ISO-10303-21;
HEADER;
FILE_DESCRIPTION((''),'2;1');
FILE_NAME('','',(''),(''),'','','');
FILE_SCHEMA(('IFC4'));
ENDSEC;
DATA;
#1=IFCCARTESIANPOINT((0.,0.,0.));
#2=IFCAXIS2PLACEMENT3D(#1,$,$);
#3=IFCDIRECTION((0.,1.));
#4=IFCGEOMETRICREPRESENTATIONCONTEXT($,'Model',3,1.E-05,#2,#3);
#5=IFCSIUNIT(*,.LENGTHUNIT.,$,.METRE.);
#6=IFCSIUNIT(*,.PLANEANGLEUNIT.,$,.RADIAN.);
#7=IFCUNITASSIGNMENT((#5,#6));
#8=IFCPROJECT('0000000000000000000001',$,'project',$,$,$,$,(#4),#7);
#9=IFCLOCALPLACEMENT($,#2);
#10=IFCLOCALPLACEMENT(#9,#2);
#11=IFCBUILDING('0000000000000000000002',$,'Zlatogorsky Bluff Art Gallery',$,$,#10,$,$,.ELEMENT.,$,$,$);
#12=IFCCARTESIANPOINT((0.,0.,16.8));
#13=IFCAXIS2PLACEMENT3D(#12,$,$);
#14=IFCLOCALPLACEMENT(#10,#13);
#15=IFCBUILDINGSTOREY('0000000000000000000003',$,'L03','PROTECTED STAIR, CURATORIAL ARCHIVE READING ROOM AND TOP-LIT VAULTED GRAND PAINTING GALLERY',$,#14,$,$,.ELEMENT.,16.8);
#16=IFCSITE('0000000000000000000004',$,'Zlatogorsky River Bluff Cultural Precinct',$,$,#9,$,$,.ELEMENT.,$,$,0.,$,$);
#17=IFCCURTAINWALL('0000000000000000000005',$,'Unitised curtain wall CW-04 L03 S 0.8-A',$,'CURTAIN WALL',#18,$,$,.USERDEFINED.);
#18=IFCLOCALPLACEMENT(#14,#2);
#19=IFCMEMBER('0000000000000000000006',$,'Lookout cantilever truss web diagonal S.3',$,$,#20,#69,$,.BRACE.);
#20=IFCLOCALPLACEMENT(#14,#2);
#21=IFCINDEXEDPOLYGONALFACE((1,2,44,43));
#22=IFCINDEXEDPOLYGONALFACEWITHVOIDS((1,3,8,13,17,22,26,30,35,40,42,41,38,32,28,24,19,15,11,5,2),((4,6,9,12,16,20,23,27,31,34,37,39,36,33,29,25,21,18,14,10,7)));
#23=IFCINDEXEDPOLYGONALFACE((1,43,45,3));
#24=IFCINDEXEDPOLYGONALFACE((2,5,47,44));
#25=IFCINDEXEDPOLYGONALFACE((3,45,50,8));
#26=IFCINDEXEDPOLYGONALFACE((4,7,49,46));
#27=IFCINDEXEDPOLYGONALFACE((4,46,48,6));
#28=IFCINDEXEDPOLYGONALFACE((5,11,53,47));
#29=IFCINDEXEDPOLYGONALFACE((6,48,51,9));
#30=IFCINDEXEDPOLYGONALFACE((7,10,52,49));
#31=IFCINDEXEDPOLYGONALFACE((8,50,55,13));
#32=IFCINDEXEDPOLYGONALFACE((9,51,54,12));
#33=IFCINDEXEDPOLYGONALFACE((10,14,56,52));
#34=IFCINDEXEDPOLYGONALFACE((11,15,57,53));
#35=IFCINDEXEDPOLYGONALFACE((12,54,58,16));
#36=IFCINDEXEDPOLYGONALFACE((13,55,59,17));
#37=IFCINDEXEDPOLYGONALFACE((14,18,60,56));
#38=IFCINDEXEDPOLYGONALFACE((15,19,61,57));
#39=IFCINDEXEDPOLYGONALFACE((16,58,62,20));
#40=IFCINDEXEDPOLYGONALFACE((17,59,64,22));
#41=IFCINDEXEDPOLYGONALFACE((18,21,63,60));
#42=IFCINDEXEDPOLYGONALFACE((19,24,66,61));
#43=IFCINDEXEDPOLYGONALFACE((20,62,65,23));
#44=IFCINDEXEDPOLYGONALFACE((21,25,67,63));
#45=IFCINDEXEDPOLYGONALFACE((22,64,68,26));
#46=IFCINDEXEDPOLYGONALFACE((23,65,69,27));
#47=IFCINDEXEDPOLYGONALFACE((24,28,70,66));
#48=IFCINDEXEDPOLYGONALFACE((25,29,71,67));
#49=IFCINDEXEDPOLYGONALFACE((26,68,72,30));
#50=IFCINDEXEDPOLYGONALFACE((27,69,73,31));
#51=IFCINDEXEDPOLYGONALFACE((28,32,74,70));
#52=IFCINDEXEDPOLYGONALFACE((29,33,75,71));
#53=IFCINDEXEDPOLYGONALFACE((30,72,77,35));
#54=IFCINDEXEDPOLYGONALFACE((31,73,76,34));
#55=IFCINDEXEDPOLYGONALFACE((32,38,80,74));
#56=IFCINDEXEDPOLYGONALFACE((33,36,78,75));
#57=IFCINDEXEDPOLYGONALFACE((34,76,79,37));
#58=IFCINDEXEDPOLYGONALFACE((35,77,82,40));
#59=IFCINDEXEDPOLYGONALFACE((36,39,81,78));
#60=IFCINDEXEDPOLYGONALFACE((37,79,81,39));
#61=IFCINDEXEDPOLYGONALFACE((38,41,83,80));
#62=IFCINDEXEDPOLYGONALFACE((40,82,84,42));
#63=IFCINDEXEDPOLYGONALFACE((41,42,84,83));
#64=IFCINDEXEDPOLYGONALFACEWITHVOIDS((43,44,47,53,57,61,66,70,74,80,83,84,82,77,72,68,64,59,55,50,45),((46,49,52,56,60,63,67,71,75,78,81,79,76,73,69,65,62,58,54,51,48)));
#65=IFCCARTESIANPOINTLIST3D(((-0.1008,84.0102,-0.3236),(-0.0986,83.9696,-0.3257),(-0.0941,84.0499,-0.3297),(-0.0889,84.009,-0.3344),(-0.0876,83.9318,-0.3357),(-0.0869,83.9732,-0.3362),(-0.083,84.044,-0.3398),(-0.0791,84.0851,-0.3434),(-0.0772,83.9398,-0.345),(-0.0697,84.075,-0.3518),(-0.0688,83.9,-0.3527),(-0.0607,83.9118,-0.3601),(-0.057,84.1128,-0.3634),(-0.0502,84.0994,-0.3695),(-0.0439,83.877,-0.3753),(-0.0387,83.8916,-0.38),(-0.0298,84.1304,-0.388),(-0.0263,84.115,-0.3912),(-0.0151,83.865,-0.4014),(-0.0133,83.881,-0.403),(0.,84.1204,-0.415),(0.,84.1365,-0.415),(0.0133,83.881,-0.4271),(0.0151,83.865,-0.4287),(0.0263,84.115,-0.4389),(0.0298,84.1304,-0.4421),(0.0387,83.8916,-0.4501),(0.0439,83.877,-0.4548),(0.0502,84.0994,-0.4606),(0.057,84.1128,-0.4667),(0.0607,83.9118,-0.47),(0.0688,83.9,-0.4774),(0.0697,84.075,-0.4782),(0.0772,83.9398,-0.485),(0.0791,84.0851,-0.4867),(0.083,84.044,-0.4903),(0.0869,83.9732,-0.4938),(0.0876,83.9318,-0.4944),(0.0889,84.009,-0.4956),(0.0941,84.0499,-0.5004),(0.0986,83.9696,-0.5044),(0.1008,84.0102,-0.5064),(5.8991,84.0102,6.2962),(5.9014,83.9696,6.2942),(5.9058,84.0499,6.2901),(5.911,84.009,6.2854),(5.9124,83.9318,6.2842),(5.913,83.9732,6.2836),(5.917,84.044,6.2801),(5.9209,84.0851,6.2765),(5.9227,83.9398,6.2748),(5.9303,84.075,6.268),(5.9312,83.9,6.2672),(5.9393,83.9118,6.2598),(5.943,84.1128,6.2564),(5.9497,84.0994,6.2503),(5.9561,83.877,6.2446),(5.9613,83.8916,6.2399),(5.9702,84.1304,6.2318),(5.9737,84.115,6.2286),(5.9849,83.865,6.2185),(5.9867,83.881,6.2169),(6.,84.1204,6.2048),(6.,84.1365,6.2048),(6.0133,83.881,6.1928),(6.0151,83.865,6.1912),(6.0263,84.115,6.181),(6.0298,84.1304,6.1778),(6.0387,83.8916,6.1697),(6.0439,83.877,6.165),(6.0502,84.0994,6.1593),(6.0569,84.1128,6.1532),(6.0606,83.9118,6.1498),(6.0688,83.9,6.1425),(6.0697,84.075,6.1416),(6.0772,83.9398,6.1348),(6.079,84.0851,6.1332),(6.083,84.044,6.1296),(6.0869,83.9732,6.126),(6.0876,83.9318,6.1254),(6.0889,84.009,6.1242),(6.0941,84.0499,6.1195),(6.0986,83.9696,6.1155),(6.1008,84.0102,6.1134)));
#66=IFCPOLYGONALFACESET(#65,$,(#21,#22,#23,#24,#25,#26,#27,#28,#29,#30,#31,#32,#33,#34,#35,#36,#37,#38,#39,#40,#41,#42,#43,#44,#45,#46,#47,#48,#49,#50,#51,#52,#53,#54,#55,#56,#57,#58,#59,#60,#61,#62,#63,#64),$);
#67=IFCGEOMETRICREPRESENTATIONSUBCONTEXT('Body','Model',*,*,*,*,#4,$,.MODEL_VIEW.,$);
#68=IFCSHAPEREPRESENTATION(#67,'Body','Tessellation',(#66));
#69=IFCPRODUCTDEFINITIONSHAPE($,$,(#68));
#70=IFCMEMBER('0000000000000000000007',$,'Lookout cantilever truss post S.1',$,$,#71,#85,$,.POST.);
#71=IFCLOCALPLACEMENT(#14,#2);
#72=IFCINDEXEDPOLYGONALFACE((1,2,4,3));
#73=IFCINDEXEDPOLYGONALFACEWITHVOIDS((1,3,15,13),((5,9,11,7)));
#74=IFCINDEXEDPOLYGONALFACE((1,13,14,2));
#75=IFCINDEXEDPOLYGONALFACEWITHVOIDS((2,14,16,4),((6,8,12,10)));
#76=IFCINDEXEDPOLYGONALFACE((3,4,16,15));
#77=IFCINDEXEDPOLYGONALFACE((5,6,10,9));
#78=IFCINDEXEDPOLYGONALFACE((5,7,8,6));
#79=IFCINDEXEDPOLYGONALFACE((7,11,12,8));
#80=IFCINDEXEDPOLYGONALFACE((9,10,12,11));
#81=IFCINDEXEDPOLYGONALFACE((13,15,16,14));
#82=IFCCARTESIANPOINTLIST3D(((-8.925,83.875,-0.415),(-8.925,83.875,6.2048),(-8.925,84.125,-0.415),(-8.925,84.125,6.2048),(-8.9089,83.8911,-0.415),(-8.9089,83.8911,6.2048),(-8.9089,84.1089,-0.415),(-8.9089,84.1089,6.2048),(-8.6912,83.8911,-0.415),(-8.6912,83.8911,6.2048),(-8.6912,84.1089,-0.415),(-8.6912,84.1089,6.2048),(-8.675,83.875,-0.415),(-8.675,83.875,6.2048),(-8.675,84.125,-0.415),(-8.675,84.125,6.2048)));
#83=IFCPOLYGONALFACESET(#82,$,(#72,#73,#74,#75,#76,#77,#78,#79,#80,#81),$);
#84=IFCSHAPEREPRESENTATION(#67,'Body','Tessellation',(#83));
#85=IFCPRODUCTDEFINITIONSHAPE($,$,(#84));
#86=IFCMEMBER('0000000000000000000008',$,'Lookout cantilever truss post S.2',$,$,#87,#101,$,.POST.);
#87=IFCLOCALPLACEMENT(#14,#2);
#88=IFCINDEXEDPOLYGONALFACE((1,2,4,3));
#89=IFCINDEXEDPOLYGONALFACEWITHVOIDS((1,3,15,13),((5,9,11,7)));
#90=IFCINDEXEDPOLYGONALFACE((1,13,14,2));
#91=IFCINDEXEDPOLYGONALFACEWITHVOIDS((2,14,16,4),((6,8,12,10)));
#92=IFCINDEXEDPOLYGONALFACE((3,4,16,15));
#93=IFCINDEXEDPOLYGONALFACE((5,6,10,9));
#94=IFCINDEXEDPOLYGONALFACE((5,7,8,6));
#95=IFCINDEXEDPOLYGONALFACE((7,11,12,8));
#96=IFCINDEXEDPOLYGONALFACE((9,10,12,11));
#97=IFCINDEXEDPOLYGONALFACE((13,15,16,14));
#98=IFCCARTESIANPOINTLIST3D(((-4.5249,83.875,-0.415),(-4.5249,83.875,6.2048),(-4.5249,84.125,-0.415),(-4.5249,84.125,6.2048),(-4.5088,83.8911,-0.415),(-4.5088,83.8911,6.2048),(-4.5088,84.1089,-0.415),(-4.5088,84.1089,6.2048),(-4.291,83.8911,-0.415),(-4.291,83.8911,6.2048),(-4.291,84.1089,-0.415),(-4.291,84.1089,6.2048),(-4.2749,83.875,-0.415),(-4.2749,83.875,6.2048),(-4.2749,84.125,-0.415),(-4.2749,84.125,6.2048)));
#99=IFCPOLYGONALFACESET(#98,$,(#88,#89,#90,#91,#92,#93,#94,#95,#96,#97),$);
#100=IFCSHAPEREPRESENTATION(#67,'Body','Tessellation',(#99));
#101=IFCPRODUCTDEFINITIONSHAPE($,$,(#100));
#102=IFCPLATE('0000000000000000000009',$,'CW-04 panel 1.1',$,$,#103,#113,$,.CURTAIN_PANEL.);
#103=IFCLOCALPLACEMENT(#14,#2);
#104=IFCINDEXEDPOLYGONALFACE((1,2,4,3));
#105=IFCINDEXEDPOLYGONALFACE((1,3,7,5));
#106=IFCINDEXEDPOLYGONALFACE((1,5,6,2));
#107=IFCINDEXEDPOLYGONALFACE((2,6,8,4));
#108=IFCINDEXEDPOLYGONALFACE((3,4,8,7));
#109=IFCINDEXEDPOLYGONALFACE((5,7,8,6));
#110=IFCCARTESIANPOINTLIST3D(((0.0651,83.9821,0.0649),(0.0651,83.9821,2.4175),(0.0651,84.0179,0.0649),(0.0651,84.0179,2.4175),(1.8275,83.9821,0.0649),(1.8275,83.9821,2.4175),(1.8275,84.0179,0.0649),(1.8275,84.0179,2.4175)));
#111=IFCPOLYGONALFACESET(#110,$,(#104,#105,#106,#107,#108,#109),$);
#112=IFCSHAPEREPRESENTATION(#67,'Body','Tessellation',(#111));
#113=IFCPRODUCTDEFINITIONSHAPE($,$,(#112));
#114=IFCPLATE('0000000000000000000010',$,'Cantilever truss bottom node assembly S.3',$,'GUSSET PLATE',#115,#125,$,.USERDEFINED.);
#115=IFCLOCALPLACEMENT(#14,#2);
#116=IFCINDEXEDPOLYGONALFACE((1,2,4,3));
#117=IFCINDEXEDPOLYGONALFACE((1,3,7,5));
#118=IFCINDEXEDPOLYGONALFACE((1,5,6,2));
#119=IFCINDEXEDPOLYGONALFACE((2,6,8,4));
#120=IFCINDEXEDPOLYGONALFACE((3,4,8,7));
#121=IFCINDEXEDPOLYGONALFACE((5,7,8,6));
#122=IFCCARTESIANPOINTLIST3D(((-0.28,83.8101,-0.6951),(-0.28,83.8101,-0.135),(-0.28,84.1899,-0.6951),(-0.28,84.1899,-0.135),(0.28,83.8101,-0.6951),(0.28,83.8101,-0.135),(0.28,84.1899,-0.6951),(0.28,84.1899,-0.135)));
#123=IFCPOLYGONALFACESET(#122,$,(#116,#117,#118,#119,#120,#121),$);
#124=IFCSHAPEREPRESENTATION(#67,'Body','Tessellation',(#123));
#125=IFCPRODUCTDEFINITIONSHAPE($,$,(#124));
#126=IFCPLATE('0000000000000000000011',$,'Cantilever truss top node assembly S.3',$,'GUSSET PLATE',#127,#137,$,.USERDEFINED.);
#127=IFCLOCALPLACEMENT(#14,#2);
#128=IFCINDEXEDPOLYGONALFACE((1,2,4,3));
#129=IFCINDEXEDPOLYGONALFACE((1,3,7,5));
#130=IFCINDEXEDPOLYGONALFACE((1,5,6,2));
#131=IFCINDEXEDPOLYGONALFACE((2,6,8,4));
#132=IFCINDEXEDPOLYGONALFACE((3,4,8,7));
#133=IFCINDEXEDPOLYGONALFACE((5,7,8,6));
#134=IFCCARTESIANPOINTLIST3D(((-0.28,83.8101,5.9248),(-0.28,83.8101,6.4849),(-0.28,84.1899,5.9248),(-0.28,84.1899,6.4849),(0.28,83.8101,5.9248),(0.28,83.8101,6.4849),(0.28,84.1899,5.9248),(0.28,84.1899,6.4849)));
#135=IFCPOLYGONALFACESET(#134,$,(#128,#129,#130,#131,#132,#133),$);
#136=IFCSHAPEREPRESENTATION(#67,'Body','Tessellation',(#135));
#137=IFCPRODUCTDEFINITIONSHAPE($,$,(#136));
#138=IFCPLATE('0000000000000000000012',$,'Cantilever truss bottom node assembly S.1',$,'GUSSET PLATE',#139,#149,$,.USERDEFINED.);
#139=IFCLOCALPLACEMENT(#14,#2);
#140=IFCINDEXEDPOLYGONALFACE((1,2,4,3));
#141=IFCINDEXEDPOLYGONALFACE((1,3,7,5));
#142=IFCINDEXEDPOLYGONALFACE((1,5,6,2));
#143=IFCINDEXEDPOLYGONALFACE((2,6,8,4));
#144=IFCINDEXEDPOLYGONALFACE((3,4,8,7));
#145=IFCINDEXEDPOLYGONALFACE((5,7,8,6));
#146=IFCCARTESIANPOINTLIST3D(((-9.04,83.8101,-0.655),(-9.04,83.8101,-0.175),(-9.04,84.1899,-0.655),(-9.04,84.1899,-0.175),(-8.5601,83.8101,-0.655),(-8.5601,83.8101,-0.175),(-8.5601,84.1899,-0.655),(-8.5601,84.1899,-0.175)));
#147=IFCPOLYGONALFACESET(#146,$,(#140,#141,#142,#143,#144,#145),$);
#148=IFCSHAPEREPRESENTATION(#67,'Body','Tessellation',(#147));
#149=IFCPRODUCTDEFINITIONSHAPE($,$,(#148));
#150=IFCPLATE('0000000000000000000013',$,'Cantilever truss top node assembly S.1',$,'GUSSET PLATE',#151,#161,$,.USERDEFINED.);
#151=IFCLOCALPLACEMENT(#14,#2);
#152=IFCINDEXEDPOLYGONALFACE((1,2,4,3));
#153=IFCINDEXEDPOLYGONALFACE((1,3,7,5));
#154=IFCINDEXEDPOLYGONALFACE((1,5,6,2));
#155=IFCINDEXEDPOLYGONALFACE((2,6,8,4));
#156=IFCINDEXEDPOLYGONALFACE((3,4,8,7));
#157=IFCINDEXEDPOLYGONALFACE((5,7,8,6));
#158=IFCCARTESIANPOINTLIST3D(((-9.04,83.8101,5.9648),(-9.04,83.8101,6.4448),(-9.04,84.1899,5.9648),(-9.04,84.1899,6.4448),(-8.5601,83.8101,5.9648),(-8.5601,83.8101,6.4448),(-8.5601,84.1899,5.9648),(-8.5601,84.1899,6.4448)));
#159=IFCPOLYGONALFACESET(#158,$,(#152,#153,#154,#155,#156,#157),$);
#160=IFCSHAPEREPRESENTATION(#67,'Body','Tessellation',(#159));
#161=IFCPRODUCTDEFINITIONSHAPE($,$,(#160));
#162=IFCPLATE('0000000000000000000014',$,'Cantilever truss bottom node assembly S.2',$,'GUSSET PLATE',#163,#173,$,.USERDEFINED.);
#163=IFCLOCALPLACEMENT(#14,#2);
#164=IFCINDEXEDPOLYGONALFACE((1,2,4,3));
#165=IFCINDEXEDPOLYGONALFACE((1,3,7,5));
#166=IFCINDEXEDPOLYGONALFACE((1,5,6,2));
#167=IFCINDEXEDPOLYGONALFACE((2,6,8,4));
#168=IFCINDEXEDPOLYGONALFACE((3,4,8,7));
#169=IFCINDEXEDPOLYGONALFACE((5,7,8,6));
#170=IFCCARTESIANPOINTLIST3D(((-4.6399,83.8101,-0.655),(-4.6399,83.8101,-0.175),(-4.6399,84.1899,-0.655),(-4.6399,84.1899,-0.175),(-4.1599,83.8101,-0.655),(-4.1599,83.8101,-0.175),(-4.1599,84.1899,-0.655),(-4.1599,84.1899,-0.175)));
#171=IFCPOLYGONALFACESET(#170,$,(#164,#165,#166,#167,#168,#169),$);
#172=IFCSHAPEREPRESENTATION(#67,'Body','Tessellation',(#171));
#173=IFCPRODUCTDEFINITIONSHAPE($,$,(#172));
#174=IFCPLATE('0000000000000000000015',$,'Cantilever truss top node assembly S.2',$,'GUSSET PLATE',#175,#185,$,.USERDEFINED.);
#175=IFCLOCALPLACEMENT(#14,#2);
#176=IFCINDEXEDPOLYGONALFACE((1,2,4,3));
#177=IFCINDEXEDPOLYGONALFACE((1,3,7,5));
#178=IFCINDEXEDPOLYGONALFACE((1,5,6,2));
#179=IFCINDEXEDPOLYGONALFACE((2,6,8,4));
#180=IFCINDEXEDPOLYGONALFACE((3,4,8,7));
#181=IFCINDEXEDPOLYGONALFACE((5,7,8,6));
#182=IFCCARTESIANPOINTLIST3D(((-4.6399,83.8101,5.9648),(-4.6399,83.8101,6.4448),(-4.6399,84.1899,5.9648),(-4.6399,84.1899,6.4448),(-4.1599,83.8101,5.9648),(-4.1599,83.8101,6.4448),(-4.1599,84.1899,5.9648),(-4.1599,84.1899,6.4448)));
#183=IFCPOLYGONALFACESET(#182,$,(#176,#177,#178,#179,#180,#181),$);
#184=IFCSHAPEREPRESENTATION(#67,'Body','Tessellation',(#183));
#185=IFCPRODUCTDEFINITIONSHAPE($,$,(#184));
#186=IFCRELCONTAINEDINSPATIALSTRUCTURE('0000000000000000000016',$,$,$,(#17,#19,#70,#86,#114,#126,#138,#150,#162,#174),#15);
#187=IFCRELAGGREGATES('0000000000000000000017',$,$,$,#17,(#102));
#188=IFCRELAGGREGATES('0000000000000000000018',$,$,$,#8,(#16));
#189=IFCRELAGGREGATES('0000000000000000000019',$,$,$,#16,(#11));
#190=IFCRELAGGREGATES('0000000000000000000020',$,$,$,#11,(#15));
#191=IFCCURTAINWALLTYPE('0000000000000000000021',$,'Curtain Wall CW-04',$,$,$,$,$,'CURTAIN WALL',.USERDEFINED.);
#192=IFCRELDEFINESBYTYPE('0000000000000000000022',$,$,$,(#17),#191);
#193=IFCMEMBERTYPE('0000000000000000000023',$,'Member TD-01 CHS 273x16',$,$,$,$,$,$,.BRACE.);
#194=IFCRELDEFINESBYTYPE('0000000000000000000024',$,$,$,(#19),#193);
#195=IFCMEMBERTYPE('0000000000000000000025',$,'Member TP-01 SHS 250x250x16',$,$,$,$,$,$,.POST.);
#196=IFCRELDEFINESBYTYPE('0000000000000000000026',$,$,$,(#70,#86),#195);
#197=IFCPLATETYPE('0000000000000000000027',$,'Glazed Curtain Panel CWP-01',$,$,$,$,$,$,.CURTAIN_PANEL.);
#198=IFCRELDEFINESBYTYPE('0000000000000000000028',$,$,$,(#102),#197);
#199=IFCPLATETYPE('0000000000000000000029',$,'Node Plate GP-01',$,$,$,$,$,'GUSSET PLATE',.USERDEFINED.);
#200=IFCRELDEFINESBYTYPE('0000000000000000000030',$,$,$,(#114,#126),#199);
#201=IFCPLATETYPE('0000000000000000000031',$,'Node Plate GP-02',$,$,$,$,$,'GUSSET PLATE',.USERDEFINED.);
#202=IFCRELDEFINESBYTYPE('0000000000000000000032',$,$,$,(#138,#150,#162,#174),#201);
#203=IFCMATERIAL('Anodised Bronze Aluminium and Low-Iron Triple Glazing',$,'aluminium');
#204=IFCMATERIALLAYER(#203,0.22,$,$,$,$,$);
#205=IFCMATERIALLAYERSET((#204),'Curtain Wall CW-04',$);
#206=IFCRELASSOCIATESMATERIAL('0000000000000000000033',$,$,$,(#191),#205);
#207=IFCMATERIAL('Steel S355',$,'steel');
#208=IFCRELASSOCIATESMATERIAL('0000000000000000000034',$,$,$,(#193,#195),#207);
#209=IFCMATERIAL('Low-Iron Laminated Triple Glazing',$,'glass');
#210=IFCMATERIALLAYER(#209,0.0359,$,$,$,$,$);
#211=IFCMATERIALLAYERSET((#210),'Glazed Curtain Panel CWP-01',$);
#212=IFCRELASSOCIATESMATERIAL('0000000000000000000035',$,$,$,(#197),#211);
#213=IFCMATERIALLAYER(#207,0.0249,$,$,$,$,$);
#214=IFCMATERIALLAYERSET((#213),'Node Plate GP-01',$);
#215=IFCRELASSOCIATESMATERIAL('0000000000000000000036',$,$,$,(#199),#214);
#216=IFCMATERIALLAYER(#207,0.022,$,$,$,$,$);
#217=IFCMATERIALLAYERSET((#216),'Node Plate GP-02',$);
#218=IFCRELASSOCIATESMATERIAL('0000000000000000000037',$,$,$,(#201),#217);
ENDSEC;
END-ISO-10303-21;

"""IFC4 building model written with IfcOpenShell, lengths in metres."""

from ifc_helpers import new_model, si_unit, direction, frame, origin, origin_2d, place, context, subcontext, project, spatial, rectangle, hollow_rectangle, hollow_circle, extrude, material, layer, layer_set, material_profile, profile_set, type_object, element, aggregate, save


model = new_model("IFC4")

# Units and contexts
model_context = context("Model", 3, precision=1e-05, world=origin(), true_north=direction((0.0, 1.0)))
body_context = subcontext(model_context, "Body", "Model", "MODEL_VIEW")
ifc_project = project(units=[si_unit("LENGTHUNIT", "METRE"), si_unit("PLANEANGLEUNIT", "RADIAN")], contexts=[model_context])

# Site, building, storey
site_placement = place(None, origin())
site = spatial("IfcSite", under=ifc_project, at=site_placement, Name="Zlatogorsky River Bluff Cultural Precinct", CompositionType="ELEMENT", RefElevation=0.0)
building_placement = place(site_placement, origin())
building = spatial("IfcBuilding", under=site, at=building_placement, Name="Zlatogorsky Bluff Art Gallery", CompositionType="ELEMENT")
storey_placement = place(building_placement, frame((0.0, 0.0, 16.8)))
storey = spatial("IfcBuildingStorey", under=building, at=storey_placement, Name="L03", Description="PROTECTED STAIR, CURATORIAL ARCHIVE READING ROOM AND TOP-LIT VAULTED GRAND PAINTING GALLERY", CompositionType="ELEMENT", Elevation=16.8)

# Shared definitions
ifc_material_1 = material(Name="Steel S355", Category="steel")

# Curtain wall
ifc_material_2 = material(Name="Anodised Bronze Aluminium and Low-Iron Triple Glazing", Category="aluminium")
ifc_layer_1 = layer(ifc_material_2, 0.22)
ifc_layer_set_1 = layer_set([ifc_layer_1], Name="Curtain Wall CW-04")
curtain_wall_type = type_object("IfcCurtainWallType", Name="Curtain Wall CW-04", ElementType="CURTAIN WALL", PredefinedType="USERDEFINED", material=ifc_layer_set_1)
curtain_wall_placement = place(storey_placement, origin())
curtain_wall = element("IfcCurtainWall", 1, at=curtain_wall_placement, inside=storey, type_object=curtain_wall_type, Name="Unitised curtain wall CW-04 L03 S 0.8-A", ObjectType="CURTAIN WALL", PredefinedType="USERDEFINED")

# Members
ifc_material_profile_1 = material_profile(ifc_material_1, hollow_circle(Radius=0.1365, WallThickness=0.0161, at=origin_2d()), Name="CHS 273x16")
ifc_profile_set_1 = profile_set([ifc_material_profile_1], Name="Steel S355")
member_type_1 = type_object("IfcMemberType", Name="Member TD-01 CHS 273x16", PredefinedType="BRACE", material=ifc_profile_set_1)
member_1_placement = place(storey_placement, frame((0.0, 84.0, -0.415), z_axis=(0.671565, 0.0, 0.740946), x_axis=(0.0, 1.0, 0.0)))
element("IfcMember", 2, at=member_1_placement, inside=storey, type_object=member_type_1, Name="Lookout cantilever truss web diagonal S.3", PredefinedType="BRACE", context=body_context, shape_type="SweptSolid", body=[
    extrude(hollow_circle(Radius=0.1365, WallThickness=0.0161, at=origin_2d()), origin(), (0.0, 0.0, 1.0), 8.9343),
])
ifc_material_profile_2 = material_profile(ifc_material_1, hollow_rectangle(XDim=0.25, YDim=0.25, WallThickness=0.0161, at=origin_2d()), Name="SHS 250x250x16")
ifc_profile_set_2 = profile_set([ifc_material_profile_2], Name="Steel S355")
member_type_2 = type_object("IfcMemberType", Name="Member TP-01 SHS 250x250x16", PredefinedType="POST", material=ifc_profile_set_2)
for number, where, z_axis, x_axis, name in (
    (3, (-8.8, 84.0, -0.415), (0.0, 0.0, 1.0), (1.0, 0.0, 0.0), "Lookout cantilever truss post S.1"),
    (4, (-4.3999, 84.0, -0.415), (0.0, 0.0, 1.0), (1.0, 0.0, 0.0), "Lookout cantilever truss post S.2"),
):
    element("IfcMember", number, at=place(storey_placement, frame(where, z_axis=z_axis, x_axis=x_axis)), inside=storey, type_object=member_type_2, Name=name, PredefinedType="POST", context=body_context, shape_type="SweptSolid", body=[
        extrude(hollow_rectangle(XDim=0.25, YDim=0.25, WallThickness=0.0161, at=origin_2d()), origin(), (0.0, 0.0, 1.0), 6.6199),
    ])

# Plate
ifc_material_3 = material(Name="Low-Iron Laminated Triple Glazing", Category="glass")
ifc_layer_2 = layer(ifc_material_3, 0.0359)
ifc_layer_set_2 = layer_set([ifc_layer_2], Name="Glazed Curtain Panel CWP-01")
plate_type_1 = type_object("IfcPlateType", Name="Glazed Curtain Panel CWP-01", PredefinedType="CURTAIN_PANEL", material=ifc_layer_set_2)
plate_placement = place(storey_placement, frame((0.9463, 84.0, 0.0649), z_axis=(0.0, 0.0, 1.0), x_axis=(1.0, 0.0, 0.0)))
plate = element("IfcPlate", 5, at=plate_placement, type_object=plate_type_1, Name="CW-04 panel 1.1", PredefinedType="CURTAIN_PANEL", context=body_context, shape_type="SweptSolid", body=[
    extrude(rectangle(XDim=1.7625, YDim=0.0359, at=origin_2d()), origin(), (0.0, 0.0, 1.0), 2.3525),
])
aggregate(curtain_wall, [plate])

# Plates
ifc_layer_3 = layer(ifc_material_1, 0.0249)
ifc_layer_set_3 = layer_set([ifc_layer_3], Name="Node Plate GP-01")
plate_type_2 = type_object("IfcPlateType", Name="Node Plate GP-01", ElementType="GUSSET PLATE", PredefinedType="USERDEFINED", material=ifc_layer_set_3)
for number, where, z_axis, x_axis, name in (
    (6, (0.0, 84.0, -0.6951), (0.0, 0.0, 1.0), (1.0, 0.0, 0.0), "Cantilever truss bottom node assembly S.3"),
    (7, (0.0, 84.0, 5.9248), (0.0, 0.0, 1.0), (1.0, 0.0, 0.0), "Cantilever truss top node assembly S.3"),
):
    element("IfcPlate", number, at=place(storey_placement, frame(where, z_axis=z_axis, x_axis=x_axis)), inside=storey, type_object=plate_type_2, Name=name, ObjectType="GUSSET PLATE", PredefinedType="USERDEFINED", context=body_context, shape_type="SweptSolid", body=[
        extrude(rectangle(XDim=0.5601, YDim=0.3799, at=origin_2d()), origin(), (0.0, 0.0, 1.0), 0.5601),
    ])
ifc_layer_4 = layer(ifc_material_1, 0.022)
ifc_layer_set_4 = layer_set([ifc_layer_4], Name="Node Plate GP-02")
plate_type_3 = type_object("IfcPlateType", Name="Node Plate GP-02", ElementType="GUSSET PLATE", PredefinedType="USERDEFINED", material=ifc_layer_set_4)
for number, where, z_axis, x_axis, name in (
    (8, (-8.8, 84.0, -0.655), (0.0, 0.0, 1.0), (1.0, 0.0, 0.0), "Cantilever truss bottom node assembly S.1"),
    (9, (-8.8, 84.0, 5.9648), (0.0, 0.0, 1.0), (1.0, 0.0, 0.0), "Cantilever truss top node assembly S.1"),
    (10, (-4.3999, 84.0, -0.655), (0.0, 0.0, 1.0), (1.0, 0.0, 0.0), "Cantilever truss bottom node assembly S.2"),
    (11, (-4.3999, 84.0, 5.9648), (0.0, 0.0, 1.0), (1.0, 0.0, 0.0), "Cantilever truss top node assembly S.2"),
):
    element("IfcPlate", number, at=place(storey_placement, frame(where, z_axis=z_axis, x_axis=x_axis)), inside=storey, type_object=plate_type_3, Name=name, ObjectType="GUSSET PLATE", PredefinedType="USERDEFINED", context=body_context, shape_type="SweptSolid", body=[
        extrude(rectangle(XDim=0.48, YDim=0.3799, at=origin_2d()), origin(), (0.0, 0.0, 1.0), 0.48),
    ])

save(model, "model.ifc")
